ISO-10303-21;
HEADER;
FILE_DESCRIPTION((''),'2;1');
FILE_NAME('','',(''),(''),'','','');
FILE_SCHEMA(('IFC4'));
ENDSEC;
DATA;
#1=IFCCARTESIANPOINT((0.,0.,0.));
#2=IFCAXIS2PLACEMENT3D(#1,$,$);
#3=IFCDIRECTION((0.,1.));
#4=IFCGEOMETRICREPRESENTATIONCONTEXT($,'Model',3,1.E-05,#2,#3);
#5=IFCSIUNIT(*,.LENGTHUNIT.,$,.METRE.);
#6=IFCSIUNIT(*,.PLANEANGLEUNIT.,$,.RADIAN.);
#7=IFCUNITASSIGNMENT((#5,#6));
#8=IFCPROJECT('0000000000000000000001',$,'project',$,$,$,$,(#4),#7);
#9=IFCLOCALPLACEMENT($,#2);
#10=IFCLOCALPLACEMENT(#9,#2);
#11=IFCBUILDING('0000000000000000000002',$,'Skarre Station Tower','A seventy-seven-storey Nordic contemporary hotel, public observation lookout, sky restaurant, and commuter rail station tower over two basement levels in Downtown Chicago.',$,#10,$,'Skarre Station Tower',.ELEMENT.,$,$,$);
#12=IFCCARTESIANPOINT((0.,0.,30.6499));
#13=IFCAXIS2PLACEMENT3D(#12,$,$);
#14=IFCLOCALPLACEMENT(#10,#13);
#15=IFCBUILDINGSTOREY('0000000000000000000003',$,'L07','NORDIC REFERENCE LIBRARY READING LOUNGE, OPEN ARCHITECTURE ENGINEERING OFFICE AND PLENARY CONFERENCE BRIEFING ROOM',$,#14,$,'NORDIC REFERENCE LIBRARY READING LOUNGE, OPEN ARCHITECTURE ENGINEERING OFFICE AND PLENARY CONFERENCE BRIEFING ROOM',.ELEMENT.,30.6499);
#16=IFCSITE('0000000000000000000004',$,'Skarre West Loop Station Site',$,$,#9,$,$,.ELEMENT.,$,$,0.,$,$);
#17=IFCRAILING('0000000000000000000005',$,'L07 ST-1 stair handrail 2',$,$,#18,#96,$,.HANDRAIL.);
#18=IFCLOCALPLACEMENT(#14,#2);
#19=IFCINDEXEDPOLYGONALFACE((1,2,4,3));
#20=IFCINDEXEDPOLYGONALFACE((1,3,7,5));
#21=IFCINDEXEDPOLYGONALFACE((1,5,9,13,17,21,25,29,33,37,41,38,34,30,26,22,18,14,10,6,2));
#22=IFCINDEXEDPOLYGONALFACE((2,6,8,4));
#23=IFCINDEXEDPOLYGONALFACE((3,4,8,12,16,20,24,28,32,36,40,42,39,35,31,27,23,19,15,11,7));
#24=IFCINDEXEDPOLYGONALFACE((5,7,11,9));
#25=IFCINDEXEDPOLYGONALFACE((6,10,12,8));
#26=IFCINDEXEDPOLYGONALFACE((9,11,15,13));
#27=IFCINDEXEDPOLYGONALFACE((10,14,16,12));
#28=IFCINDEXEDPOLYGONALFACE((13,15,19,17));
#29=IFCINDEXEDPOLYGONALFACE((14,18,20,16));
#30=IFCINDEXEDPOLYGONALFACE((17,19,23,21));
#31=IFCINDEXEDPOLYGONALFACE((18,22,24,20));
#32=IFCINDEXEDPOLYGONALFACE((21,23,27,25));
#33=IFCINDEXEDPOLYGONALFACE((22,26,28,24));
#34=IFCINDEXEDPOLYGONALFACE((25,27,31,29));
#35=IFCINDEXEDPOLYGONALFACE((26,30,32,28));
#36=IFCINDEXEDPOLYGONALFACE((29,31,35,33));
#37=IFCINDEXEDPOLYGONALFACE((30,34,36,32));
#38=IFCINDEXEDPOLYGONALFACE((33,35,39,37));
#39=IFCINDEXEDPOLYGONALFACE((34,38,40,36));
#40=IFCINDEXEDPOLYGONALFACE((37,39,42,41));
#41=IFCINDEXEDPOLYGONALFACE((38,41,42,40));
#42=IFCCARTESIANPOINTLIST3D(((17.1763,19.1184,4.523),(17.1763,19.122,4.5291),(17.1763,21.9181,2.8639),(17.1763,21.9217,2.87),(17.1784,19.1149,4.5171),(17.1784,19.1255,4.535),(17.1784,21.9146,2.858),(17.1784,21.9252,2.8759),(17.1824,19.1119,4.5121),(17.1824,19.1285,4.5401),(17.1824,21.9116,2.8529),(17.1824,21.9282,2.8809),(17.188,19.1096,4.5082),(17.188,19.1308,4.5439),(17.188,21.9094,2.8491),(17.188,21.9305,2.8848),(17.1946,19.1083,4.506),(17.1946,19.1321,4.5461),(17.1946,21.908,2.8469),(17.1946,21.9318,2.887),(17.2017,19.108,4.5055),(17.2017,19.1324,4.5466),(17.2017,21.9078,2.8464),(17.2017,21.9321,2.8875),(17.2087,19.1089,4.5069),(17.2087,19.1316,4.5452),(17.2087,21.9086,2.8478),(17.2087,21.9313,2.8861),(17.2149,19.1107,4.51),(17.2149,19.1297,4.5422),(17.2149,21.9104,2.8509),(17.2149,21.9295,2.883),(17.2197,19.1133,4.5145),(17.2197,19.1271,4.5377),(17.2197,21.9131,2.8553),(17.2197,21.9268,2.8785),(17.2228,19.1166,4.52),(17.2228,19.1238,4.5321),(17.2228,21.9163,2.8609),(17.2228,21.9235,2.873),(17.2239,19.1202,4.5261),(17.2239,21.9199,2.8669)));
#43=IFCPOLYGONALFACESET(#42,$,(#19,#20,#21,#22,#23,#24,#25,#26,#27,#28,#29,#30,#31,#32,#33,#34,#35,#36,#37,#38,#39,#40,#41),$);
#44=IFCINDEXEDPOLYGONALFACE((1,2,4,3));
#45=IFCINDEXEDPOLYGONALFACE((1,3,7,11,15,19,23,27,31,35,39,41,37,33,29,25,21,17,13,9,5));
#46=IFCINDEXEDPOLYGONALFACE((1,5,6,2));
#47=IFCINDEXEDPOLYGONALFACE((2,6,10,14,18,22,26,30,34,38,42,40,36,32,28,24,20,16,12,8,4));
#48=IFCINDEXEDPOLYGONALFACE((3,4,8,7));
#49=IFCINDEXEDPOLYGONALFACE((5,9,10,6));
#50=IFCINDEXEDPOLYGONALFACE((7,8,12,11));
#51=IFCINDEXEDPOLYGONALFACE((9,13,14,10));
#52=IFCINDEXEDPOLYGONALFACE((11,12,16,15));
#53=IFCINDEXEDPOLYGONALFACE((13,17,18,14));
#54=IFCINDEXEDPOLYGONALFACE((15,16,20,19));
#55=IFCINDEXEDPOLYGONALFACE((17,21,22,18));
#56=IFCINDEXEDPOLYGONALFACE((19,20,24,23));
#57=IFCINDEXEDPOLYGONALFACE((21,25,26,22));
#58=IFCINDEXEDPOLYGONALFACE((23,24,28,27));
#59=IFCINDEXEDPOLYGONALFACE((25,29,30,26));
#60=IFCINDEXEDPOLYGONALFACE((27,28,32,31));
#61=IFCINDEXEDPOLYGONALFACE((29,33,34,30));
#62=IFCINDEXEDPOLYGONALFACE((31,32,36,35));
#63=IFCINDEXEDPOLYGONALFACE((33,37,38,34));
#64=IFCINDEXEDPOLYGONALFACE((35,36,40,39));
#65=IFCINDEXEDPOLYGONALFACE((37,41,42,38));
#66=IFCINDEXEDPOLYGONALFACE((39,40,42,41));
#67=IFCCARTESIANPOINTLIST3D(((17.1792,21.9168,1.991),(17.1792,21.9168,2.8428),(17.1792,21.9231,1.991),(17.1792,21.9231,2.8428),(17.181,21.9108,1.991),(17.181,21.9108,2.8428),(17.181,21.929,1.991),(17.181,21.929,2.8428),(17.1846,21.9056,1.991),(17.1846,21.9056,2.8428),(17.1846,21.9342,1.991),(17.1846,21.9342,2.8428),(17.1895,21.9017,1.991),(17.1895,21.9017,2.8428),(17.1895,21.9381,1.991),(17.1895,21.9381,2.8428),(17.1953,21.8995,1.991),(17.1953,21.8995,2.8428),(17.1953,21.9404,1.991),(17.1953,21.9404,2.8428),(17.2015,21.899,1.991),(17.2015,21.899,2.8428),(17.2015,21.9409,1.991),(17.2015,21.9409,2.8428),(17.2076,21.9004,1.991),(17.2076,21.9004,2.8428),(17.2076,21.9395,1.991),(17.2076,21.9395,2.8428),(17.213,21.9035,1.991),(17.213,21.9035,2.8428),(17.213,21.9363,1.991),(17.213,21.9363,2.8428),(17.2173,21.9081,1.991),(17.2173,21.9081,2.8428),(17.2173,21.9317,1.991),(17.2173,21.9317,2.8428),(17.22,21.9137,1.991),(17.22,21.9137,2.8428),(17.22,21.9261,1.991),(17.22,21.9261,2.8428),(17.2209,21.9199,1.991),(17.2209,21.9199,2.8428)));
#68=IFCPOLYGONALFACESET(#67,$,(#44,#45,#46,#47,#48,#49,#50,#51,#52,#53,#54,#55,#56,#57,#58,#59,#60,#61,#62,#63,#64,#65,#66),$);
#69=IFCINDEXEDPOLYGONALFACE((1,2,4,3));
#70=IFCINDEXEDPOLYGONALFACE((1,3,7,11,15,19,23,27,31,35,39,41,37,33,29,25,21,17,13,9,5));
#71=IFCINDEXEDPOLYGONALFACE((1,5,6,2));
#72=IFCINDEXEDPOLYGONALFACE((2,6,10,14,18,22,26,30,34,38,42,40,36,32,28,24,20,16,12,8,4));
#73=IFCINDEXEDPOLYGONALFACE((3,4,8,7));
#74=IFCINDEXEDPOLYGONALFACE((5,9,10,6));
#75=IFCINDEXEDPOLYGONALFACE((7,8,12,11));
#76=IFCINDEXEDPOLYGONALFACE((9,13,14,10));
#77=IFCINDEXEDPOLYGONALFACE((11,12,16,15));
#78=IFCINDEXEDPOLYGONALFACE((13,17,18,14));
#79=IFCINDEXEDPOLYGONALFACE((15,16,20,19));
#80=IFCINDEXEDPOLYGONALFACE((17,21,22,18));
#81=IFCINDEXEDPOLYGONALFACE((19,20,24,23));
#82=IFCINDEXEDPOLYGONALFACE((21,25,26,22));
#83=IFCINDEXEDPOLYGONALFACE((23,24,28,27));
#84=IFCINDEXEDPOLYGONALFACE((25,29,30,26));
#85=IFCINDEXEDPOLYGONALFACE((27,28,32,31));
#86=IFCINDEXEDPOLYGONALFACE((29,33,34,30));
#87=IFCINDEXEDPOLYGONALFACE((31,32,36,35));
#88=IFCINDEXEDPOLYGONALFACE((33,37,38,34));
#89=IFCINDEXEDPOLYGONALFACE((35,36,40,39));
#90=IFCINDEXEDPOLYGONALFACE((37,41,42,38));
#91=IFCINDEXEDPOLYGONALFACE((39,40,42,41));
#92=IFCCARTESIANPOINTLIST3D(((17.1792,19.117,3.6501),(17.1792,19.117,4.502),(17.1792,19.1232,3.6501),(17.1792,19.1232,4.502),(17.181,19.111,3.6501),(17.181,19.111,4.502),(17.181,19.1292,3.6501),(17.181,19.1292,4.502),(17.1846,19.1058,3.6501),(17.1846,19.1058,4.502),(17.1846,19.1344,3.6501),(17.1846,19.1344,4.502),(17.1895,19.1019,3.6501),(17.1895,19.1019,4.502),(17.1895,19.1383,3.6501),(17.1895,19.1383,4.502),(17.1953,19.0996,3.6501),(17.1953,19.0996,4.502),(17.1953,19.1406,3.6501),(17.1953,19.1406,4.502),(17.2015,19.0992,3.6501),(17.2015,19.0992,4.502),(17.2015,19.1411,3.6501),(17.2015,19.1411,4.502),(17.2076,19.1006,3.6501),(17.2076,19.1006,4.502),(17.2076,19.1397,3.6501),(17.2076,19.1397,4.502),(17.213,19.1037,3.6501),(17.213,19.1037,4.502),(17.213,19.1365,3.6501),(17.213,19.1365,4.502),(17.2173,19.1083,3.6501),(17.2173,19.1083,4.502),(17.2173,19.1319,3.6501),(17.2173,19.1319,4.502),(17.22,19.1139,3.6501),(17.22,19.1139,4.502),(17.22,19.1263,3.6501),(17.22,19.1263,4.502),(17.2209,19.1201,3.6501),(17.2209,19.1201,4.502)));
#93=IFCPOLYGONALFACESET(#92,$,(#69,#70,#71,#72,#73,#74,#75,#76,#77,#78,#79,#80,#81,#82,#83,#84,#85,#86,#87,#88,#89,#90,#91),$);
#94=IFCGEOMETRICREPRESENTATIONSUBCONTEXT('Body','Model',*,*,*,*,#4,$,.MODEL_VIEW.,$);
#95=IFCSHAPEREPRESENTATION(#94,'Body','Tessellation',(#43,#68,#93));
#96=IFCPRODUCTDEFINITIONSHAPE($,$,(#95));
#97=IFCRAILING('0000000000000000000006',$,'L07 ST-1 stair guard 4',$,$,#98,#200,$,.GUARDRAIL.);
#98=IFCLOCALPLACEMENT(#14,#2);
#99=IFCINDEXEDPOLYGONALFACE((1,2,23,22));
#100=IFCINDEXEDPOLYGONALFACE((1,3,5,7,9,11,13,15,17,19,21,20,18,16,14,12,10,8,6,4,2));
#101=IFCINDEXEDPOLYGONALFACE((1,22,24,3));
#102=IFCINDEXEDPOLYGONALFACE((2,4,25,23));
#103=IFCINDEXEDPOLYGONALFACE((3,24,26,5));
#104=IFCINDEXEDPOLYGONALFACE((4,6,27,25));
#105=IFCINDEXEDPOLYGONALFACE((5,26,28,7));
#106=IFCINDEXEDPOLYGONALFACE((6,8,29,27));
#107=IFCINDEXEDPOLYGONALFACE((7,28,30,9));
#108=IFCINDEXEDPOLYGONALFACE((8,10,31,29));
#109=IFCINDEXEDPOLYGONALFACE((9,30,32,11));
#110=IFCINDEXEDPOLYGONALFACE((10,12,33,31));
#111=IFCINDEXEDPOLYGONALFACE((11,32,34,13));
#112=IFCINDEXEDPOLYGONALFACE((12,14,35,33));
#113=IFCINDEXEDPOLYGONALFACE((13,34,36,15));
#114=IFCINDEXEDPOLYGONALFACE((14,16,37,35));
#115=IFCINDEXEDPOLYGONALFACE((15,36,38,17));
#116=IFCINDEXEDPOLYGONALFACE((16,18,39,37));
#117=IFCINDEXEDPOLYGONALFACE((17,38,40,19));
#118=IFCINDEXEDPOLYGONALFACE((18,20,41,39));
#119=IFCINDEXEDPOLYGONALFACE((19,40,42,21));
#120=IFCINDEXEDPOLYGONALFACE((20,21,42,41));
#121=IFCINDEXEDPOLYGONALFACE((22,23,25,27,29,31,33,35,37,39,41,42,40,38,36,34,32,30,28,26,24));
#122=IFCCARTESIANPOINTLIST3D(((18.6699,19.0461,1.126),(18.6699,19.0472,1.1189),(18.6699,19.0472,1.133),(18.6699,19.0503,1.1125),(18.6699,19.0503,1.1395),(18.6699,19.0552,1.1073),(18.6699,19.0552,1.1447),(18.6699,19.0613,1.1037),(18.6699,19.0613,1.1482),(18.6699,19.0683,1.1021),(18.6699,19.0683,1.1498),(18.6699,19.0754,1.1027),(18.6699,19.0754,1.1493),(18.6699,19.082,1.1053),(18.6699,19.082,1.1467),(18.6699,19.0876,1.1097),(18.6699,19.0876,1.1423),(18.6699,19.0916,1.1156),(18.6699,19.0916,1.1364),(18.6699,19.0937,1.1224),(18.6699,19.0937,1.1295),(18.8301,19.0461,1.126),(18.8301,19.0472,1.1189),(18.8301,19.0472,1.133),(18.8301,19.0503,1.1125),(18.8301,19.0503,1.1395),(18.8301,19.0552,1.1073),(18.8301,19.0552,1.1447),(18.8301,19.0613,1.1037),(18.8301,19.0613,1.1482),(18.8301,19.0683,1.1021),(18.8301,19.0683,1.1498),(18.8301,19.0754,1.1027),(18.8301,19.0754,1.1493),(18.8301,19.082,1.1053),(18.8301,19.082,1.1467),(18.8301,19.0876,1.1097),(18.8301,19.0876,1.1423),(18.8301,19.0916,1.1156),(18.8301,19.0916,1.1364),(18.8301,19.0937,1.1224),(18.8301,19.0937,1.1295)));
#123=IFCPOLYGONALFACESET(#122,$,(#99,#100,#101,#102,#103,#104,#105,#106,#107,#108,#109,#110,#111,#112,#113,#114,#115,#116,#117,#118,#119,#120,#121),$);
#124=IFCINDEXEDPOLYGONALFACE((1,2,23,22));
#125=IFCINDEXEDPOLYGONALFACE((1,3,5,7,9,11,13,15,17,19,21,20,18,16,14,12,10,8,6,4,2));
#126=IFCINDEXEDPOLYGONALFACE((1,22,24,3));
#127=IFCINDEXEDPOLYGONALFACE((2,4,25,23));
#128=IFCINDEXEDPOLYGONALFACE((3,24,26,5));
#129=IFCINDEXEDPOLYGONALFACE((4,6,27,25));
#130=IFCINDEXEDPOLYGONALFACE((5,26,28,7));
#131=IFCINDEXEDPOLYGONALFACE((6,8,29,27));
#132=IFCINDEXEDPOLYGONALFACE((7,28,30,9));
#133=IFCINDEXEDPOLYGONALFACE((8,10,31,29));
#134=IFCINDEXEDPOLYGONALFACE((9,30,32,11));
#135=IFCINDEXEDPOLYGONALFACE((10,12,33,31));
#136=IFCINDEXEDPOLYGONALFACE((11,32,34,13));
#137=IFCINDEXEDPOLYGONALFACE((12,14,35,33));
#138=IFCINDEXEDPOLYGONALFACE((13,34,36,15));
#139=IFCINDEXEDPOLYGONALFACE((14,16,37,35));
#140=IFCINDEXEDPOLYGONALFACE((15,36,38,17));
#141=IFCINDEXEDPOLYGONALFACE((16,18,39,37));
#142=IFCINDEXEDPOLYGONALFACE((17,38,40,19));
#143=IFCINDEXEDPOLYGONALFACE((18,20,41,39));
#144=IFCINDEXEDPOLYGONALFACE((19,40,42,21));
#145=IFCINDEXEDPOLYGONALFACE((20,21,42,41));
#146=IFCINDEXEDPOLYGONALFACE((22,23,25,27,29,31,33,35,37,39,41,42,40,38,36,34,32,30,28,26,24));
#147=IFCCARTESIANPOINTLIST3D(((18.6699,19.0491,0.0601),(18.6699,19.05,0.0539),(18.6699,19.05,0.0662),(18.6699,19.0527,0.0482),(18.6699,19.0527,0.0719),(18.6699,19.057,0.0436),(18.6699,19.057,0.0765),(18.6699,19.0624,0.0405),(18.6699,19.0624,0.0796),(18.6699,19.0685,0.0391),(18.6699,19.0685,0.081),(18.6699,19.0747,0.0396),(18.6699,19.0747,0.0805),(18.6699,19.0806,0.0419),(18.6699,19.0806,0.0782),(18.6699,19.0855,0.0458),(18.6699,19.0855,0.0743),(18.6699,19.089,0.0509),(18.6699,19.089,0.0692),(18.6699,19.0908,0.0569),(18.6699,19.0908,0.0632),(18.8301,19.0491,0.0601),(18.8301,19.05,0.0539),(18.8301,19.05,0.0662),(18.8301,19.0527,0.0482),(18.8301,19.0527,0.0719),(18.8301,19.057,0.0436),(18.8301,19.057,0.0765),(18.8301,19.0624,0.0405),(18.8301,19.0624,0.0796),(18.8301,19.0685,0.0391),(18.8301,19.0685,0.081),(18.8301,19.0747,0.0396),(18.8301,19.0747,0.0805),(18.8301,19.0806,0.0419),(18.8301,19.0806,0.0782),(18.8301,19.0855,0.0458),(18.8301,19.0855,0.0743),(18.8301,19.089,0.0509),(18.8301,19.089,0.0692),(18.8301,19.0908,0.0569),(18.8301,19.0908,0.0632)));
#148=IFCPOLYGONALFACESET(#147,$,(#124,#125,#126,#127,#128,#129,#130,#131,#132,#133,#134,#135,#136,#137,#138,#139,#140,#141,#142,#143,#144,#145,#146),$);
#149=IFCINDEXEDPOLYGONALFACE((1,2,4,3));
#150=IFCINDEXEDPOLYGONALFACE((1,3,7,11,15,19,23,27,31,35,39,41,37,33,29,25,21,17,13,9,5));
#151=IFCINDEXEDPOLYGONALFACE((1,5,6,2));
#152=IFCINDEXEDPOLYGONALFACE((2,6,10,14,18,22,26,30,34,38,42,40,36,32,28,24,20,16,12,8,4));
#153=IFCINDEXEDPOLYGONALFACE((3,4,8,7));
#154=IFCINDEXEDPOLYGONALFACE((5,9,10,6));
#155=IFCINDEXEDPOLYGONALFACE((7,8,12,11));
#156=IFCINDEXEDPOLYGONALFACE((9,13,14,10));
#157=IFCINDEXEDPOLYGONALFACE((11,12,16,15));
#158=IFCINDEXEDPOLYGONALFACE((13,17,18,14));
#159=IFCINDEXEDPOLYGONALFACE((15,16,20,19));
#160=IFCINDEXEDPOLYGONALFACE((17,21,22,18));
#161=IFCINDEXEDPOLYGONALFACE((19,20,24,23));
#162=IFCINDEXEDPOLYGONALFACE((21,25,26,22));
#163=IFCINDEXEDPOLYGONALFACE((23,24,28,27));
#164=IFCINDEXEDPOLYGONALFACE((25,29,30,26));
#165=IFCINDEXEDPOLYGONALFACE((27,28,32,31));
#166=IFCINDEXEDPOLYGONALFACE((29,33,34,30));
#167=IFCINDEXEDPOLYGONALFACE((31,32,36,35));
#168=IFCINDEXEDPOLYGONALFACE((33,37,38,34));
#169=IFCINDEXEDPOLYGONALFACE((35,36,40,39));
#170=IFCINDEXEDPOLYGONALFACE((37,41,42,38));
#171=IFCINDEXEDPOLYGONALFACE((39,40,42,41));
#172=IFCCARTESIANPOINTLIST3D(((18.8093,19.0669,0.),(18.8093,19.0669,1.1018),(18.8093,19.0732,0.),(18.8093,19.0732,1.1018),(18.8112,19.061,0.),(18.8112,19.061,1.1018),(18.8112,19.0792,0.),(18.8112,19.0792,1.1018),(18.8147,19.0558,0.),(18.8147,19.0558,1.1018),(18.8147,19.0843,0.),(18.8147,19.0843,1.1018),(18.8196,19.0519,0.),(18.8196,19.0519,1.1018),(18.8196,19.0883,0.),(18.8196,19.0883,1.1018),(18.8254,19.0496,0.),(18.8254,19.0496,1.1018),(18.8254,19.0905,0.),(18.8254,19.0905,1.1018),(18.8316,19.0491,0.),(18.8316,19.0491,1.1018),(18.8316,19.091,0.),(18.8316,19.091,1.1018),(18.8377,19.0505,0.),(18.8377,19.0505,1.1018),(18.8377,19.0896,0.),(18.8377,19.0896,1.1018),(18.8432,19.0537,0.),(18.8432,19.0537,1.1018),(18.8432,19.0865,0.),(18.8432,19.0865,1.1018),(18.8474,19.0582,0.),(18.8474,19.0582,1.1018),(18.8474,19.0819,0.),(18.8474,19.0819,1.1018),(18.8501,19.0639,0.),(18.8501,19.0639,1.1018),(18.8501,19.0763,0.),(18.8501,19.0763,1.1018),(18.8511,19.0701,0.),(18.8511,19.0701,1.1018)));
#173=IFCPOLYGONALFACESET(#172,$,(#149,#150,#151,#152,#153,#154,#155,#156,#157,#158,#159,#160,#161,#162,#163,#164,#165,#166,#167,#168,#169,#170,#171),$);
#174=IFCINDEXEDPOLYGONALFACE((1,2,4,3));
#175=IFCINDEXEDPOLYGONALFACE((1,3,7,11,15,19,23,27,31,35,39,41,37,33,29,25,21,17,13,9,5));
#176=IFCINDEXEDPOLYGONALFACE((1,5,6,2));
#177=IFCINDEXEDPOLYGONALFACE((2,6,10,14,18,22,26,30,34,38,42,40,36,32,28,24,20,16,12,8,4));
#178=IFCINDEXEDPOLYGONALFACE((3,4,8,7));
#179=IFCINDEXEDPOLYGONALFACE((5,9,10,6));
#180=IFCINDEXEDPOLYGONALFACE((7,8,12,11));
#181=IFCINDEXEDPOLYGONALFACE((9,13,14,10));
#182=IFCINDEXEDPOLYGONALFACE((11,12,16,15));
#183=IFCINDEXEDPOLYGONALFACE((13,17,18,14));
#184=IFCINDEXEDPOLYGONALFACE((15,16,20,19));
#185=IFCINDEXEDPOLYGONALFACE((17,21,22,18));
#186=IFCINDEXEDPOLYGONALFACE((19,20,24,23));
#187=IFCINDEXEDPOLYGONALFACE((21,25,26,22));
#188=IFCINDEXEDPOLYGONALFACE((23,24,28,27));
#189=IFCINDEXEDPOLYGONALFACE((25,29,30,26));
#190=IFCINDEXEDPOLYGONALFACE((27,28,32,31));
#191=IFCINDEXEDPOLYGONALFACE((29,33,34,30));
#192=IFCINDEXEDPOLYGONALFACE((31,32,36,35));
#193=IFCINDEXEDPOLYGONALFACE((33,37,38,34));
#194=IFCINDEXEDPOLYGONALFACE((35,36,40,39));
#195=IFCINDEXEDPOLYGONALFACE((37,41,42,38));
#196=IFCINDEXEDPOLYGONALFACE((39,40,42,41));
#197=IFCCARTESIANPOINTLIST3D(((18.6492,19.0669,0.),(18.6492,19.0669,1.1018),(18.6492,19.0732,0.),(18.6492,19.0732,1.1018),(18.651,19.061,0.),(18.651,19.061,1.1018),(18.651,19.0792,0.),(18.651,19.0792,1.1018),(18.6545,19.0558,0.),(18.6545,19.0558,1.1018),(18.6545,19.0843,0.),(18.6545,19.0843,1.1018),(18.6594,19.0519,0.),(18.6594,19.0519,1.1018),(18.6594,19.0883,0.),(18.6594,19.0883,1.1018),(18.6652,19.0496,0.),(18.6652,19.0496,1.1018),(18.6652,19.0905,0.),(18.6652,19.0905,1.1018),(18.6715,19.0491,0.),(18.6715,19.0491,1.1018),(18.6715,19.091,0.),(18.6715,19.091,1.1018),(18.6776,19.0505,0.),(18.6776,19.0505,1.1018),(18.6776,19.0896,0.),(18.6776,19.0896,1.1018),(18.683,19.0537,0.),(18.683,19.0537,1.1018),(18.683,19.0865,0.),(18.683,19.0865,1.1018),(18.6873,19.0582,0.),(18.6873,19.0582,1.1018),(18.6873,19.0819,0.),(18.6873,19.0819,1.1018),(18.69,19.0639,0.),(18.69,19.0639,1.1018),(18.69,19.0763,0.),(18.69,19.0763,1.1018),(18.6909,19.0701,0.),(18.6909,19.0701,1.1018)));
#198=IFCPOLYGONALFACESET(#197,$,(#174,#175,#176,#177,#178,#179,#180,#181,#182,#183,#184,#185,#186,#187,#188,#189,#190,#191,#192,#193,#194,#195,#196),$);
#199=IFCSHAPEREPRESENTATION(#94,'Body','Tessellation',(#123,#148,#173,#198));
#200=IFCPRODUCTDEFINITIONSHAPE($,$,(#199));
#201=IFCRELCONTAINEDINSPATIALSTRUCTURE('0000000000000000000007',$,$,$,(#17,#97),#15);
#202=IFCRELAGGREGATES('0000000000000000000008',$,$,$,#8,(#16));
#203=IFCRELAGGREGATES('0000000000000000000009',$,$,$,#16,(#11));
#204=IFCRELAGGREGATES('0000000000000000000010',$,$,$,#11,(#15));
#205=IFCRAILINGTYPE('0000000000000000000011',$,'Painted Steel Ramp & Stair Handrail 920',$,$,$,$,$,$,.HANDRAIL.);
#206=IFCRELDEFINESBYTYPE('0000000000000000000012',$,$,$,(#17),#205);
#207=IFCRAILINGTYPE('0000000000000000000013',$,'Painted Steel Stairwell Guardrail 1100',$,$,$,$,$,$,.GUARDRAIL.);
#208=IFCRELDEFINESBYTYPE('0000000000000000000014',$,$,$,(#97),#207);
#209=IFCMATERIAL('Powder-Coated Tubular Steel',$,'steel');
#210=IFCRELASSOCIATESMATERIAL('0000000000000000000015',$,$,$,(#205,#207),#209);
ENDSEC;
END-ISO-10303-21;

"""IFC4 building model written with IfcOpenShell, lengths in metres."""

from ifc_helpers import new_model, si_unit, direction, frame, origin, origin_2d, place, context, subcontext, project, spatial, circle, extrude, material, type_object, element, save


model = new_model("IFC4")

# Units and contexts
model_context = context("Model", 3, precision=1e-05, world=origin(), true_north=direction((0.0, 1.0)))
body_context = subcontext(model_context, "Body", "Model", "MODEL_VIEW")
ifc_project = project(units=[si_unit("LENGTHUNIT", "METRE"), si_unit("PLANEANGLEUNIT", "RADIAN")], contexts=[model_context])

# Site, building, storey
site_placement = place(None, origin())
site = spatial("IfcSite", under=ifc_project, at=site_placement, Name="Skarre West Loop Station Site", CompositionType="ELEMENT", RefElevation=0.0)
building_placement = place(site_placement, origin())
building = spatial("IfcBuilding", under=site, at=building_placement, Name="Skarre Station Tower", Description="A seventy-seven-storey Nordic contemporary hotel, public observation lookout, sky restaurant, and commuter rail station tower over two basement levels in Downtown Chicago.", LongName="Skarre Station Tower", CompositionType="ELEMENT")
storey_placement = place(building_placement, frame((0.0, 0.0, 30.6499)))
storey = spatial("IfcBuildingStorey", under=building, at=storey_placement, Name="L07", Description="NORDIC REFERENCE LIBRARY READING LOUNGE, OPEN ARCHITECTURE ENGINEERING OFFICE AND PLENARY CONFERENCE BRIEFING ROOM", LongName="NORDIC REFERENCE LIBRARY READING LOUNGE, OPEN ARCHITECTURE ENGINEERING OFFICE AND PLENARY CONFERENCE BRIEFING ROOM", CompositionType="ELEMENT", Elevation=30.6499)

# Railings
ifc_material_1 = material(Name="Powder-Coated Tubular Steel", Category="steel")
railing_type_1 = type_object("IfcRailingType", Name="Painted Steel Ramp & Stair Handrail 920", PredefinedType="HANDRAIL", material=ifc_material_1)
railing_1_placement = place(storey_placement, frame((17.2, 21.9199, 1.991)))
element("IfcRailing", 1, at=railing_1_placement, inside=storey, type_object=railing_type_1, Name="L07 ST-1 stair handrail 2", PredefinedType="HANDRAIL", context=body_context, shape_type="SweptSolid", body=[
    extrude(circle(Radius=0.0239, at=origin_2d()), frame((0.0, 0.0, 0.876), z_axis=(0.0, -0.860287, 0.509811), x_axis=(1.0, 0.0, 0.0)), (0.0, 0.0, 1.0), 3.2544),
    extrude(circle(Radius=0.021, at=origin_2d()), origin(), (0.0, 0.0, 1.0), 0.8518),
    extrude(circle(Radius=0.021, at=origin_2d()), frame((0.0, -2.7998, 1.6592)), (0.0, 0.0, 1.0), 0.8518),
])
railing_type_2 = type_object("IfcRailingType", Name="Painted Steel Stairwell Guardrail 1100", PredefinedType="GUARDRAIL", material=ifc_material_1)
railing_2_placement = place(storey_placement, frame((18.8301, 19.0701, 0.0)))
element("IfcRailing", 2, at=railing_2_placement, inside=storey, type_object=railing_type_2, Name="L07 ST-1 stair guard 4", PredefinedType="GUARDRAIL", context=body_context, shape_type="SweptSolid", body=[
    extrude(circle(Radius=0.0239, at=origin_2d()), frame((0.0, 0.0, 1.126), z_axis=(-1.0, 0.0, 0.0), x_axis=(0.0, -1.0, 0.0)), (0.0, 0.0, 1.0), 0.1602),
    extrude(circle(Radius=0.021, at=origin_2d()), frame((0.0, 0.0, 0.0601), z_axis=(-1.0, 0.0, 0.0), x_axis=(0.0, -1.0, 0.0)), (0.0, 0.0, 1.0), 0.1602),
    extrude(circle(Radius=0.021, at=origin_2d()), origin(), (0.0, 0.0, 1.0), 1.1018),
    extrude(circle(Radius=0.021, at=origin_2d()), frame((-0.1602, 0.0, 0.0)), (0.0, 0.0, 1.0), 1.1018),
])

save(model, "model.ifc")
